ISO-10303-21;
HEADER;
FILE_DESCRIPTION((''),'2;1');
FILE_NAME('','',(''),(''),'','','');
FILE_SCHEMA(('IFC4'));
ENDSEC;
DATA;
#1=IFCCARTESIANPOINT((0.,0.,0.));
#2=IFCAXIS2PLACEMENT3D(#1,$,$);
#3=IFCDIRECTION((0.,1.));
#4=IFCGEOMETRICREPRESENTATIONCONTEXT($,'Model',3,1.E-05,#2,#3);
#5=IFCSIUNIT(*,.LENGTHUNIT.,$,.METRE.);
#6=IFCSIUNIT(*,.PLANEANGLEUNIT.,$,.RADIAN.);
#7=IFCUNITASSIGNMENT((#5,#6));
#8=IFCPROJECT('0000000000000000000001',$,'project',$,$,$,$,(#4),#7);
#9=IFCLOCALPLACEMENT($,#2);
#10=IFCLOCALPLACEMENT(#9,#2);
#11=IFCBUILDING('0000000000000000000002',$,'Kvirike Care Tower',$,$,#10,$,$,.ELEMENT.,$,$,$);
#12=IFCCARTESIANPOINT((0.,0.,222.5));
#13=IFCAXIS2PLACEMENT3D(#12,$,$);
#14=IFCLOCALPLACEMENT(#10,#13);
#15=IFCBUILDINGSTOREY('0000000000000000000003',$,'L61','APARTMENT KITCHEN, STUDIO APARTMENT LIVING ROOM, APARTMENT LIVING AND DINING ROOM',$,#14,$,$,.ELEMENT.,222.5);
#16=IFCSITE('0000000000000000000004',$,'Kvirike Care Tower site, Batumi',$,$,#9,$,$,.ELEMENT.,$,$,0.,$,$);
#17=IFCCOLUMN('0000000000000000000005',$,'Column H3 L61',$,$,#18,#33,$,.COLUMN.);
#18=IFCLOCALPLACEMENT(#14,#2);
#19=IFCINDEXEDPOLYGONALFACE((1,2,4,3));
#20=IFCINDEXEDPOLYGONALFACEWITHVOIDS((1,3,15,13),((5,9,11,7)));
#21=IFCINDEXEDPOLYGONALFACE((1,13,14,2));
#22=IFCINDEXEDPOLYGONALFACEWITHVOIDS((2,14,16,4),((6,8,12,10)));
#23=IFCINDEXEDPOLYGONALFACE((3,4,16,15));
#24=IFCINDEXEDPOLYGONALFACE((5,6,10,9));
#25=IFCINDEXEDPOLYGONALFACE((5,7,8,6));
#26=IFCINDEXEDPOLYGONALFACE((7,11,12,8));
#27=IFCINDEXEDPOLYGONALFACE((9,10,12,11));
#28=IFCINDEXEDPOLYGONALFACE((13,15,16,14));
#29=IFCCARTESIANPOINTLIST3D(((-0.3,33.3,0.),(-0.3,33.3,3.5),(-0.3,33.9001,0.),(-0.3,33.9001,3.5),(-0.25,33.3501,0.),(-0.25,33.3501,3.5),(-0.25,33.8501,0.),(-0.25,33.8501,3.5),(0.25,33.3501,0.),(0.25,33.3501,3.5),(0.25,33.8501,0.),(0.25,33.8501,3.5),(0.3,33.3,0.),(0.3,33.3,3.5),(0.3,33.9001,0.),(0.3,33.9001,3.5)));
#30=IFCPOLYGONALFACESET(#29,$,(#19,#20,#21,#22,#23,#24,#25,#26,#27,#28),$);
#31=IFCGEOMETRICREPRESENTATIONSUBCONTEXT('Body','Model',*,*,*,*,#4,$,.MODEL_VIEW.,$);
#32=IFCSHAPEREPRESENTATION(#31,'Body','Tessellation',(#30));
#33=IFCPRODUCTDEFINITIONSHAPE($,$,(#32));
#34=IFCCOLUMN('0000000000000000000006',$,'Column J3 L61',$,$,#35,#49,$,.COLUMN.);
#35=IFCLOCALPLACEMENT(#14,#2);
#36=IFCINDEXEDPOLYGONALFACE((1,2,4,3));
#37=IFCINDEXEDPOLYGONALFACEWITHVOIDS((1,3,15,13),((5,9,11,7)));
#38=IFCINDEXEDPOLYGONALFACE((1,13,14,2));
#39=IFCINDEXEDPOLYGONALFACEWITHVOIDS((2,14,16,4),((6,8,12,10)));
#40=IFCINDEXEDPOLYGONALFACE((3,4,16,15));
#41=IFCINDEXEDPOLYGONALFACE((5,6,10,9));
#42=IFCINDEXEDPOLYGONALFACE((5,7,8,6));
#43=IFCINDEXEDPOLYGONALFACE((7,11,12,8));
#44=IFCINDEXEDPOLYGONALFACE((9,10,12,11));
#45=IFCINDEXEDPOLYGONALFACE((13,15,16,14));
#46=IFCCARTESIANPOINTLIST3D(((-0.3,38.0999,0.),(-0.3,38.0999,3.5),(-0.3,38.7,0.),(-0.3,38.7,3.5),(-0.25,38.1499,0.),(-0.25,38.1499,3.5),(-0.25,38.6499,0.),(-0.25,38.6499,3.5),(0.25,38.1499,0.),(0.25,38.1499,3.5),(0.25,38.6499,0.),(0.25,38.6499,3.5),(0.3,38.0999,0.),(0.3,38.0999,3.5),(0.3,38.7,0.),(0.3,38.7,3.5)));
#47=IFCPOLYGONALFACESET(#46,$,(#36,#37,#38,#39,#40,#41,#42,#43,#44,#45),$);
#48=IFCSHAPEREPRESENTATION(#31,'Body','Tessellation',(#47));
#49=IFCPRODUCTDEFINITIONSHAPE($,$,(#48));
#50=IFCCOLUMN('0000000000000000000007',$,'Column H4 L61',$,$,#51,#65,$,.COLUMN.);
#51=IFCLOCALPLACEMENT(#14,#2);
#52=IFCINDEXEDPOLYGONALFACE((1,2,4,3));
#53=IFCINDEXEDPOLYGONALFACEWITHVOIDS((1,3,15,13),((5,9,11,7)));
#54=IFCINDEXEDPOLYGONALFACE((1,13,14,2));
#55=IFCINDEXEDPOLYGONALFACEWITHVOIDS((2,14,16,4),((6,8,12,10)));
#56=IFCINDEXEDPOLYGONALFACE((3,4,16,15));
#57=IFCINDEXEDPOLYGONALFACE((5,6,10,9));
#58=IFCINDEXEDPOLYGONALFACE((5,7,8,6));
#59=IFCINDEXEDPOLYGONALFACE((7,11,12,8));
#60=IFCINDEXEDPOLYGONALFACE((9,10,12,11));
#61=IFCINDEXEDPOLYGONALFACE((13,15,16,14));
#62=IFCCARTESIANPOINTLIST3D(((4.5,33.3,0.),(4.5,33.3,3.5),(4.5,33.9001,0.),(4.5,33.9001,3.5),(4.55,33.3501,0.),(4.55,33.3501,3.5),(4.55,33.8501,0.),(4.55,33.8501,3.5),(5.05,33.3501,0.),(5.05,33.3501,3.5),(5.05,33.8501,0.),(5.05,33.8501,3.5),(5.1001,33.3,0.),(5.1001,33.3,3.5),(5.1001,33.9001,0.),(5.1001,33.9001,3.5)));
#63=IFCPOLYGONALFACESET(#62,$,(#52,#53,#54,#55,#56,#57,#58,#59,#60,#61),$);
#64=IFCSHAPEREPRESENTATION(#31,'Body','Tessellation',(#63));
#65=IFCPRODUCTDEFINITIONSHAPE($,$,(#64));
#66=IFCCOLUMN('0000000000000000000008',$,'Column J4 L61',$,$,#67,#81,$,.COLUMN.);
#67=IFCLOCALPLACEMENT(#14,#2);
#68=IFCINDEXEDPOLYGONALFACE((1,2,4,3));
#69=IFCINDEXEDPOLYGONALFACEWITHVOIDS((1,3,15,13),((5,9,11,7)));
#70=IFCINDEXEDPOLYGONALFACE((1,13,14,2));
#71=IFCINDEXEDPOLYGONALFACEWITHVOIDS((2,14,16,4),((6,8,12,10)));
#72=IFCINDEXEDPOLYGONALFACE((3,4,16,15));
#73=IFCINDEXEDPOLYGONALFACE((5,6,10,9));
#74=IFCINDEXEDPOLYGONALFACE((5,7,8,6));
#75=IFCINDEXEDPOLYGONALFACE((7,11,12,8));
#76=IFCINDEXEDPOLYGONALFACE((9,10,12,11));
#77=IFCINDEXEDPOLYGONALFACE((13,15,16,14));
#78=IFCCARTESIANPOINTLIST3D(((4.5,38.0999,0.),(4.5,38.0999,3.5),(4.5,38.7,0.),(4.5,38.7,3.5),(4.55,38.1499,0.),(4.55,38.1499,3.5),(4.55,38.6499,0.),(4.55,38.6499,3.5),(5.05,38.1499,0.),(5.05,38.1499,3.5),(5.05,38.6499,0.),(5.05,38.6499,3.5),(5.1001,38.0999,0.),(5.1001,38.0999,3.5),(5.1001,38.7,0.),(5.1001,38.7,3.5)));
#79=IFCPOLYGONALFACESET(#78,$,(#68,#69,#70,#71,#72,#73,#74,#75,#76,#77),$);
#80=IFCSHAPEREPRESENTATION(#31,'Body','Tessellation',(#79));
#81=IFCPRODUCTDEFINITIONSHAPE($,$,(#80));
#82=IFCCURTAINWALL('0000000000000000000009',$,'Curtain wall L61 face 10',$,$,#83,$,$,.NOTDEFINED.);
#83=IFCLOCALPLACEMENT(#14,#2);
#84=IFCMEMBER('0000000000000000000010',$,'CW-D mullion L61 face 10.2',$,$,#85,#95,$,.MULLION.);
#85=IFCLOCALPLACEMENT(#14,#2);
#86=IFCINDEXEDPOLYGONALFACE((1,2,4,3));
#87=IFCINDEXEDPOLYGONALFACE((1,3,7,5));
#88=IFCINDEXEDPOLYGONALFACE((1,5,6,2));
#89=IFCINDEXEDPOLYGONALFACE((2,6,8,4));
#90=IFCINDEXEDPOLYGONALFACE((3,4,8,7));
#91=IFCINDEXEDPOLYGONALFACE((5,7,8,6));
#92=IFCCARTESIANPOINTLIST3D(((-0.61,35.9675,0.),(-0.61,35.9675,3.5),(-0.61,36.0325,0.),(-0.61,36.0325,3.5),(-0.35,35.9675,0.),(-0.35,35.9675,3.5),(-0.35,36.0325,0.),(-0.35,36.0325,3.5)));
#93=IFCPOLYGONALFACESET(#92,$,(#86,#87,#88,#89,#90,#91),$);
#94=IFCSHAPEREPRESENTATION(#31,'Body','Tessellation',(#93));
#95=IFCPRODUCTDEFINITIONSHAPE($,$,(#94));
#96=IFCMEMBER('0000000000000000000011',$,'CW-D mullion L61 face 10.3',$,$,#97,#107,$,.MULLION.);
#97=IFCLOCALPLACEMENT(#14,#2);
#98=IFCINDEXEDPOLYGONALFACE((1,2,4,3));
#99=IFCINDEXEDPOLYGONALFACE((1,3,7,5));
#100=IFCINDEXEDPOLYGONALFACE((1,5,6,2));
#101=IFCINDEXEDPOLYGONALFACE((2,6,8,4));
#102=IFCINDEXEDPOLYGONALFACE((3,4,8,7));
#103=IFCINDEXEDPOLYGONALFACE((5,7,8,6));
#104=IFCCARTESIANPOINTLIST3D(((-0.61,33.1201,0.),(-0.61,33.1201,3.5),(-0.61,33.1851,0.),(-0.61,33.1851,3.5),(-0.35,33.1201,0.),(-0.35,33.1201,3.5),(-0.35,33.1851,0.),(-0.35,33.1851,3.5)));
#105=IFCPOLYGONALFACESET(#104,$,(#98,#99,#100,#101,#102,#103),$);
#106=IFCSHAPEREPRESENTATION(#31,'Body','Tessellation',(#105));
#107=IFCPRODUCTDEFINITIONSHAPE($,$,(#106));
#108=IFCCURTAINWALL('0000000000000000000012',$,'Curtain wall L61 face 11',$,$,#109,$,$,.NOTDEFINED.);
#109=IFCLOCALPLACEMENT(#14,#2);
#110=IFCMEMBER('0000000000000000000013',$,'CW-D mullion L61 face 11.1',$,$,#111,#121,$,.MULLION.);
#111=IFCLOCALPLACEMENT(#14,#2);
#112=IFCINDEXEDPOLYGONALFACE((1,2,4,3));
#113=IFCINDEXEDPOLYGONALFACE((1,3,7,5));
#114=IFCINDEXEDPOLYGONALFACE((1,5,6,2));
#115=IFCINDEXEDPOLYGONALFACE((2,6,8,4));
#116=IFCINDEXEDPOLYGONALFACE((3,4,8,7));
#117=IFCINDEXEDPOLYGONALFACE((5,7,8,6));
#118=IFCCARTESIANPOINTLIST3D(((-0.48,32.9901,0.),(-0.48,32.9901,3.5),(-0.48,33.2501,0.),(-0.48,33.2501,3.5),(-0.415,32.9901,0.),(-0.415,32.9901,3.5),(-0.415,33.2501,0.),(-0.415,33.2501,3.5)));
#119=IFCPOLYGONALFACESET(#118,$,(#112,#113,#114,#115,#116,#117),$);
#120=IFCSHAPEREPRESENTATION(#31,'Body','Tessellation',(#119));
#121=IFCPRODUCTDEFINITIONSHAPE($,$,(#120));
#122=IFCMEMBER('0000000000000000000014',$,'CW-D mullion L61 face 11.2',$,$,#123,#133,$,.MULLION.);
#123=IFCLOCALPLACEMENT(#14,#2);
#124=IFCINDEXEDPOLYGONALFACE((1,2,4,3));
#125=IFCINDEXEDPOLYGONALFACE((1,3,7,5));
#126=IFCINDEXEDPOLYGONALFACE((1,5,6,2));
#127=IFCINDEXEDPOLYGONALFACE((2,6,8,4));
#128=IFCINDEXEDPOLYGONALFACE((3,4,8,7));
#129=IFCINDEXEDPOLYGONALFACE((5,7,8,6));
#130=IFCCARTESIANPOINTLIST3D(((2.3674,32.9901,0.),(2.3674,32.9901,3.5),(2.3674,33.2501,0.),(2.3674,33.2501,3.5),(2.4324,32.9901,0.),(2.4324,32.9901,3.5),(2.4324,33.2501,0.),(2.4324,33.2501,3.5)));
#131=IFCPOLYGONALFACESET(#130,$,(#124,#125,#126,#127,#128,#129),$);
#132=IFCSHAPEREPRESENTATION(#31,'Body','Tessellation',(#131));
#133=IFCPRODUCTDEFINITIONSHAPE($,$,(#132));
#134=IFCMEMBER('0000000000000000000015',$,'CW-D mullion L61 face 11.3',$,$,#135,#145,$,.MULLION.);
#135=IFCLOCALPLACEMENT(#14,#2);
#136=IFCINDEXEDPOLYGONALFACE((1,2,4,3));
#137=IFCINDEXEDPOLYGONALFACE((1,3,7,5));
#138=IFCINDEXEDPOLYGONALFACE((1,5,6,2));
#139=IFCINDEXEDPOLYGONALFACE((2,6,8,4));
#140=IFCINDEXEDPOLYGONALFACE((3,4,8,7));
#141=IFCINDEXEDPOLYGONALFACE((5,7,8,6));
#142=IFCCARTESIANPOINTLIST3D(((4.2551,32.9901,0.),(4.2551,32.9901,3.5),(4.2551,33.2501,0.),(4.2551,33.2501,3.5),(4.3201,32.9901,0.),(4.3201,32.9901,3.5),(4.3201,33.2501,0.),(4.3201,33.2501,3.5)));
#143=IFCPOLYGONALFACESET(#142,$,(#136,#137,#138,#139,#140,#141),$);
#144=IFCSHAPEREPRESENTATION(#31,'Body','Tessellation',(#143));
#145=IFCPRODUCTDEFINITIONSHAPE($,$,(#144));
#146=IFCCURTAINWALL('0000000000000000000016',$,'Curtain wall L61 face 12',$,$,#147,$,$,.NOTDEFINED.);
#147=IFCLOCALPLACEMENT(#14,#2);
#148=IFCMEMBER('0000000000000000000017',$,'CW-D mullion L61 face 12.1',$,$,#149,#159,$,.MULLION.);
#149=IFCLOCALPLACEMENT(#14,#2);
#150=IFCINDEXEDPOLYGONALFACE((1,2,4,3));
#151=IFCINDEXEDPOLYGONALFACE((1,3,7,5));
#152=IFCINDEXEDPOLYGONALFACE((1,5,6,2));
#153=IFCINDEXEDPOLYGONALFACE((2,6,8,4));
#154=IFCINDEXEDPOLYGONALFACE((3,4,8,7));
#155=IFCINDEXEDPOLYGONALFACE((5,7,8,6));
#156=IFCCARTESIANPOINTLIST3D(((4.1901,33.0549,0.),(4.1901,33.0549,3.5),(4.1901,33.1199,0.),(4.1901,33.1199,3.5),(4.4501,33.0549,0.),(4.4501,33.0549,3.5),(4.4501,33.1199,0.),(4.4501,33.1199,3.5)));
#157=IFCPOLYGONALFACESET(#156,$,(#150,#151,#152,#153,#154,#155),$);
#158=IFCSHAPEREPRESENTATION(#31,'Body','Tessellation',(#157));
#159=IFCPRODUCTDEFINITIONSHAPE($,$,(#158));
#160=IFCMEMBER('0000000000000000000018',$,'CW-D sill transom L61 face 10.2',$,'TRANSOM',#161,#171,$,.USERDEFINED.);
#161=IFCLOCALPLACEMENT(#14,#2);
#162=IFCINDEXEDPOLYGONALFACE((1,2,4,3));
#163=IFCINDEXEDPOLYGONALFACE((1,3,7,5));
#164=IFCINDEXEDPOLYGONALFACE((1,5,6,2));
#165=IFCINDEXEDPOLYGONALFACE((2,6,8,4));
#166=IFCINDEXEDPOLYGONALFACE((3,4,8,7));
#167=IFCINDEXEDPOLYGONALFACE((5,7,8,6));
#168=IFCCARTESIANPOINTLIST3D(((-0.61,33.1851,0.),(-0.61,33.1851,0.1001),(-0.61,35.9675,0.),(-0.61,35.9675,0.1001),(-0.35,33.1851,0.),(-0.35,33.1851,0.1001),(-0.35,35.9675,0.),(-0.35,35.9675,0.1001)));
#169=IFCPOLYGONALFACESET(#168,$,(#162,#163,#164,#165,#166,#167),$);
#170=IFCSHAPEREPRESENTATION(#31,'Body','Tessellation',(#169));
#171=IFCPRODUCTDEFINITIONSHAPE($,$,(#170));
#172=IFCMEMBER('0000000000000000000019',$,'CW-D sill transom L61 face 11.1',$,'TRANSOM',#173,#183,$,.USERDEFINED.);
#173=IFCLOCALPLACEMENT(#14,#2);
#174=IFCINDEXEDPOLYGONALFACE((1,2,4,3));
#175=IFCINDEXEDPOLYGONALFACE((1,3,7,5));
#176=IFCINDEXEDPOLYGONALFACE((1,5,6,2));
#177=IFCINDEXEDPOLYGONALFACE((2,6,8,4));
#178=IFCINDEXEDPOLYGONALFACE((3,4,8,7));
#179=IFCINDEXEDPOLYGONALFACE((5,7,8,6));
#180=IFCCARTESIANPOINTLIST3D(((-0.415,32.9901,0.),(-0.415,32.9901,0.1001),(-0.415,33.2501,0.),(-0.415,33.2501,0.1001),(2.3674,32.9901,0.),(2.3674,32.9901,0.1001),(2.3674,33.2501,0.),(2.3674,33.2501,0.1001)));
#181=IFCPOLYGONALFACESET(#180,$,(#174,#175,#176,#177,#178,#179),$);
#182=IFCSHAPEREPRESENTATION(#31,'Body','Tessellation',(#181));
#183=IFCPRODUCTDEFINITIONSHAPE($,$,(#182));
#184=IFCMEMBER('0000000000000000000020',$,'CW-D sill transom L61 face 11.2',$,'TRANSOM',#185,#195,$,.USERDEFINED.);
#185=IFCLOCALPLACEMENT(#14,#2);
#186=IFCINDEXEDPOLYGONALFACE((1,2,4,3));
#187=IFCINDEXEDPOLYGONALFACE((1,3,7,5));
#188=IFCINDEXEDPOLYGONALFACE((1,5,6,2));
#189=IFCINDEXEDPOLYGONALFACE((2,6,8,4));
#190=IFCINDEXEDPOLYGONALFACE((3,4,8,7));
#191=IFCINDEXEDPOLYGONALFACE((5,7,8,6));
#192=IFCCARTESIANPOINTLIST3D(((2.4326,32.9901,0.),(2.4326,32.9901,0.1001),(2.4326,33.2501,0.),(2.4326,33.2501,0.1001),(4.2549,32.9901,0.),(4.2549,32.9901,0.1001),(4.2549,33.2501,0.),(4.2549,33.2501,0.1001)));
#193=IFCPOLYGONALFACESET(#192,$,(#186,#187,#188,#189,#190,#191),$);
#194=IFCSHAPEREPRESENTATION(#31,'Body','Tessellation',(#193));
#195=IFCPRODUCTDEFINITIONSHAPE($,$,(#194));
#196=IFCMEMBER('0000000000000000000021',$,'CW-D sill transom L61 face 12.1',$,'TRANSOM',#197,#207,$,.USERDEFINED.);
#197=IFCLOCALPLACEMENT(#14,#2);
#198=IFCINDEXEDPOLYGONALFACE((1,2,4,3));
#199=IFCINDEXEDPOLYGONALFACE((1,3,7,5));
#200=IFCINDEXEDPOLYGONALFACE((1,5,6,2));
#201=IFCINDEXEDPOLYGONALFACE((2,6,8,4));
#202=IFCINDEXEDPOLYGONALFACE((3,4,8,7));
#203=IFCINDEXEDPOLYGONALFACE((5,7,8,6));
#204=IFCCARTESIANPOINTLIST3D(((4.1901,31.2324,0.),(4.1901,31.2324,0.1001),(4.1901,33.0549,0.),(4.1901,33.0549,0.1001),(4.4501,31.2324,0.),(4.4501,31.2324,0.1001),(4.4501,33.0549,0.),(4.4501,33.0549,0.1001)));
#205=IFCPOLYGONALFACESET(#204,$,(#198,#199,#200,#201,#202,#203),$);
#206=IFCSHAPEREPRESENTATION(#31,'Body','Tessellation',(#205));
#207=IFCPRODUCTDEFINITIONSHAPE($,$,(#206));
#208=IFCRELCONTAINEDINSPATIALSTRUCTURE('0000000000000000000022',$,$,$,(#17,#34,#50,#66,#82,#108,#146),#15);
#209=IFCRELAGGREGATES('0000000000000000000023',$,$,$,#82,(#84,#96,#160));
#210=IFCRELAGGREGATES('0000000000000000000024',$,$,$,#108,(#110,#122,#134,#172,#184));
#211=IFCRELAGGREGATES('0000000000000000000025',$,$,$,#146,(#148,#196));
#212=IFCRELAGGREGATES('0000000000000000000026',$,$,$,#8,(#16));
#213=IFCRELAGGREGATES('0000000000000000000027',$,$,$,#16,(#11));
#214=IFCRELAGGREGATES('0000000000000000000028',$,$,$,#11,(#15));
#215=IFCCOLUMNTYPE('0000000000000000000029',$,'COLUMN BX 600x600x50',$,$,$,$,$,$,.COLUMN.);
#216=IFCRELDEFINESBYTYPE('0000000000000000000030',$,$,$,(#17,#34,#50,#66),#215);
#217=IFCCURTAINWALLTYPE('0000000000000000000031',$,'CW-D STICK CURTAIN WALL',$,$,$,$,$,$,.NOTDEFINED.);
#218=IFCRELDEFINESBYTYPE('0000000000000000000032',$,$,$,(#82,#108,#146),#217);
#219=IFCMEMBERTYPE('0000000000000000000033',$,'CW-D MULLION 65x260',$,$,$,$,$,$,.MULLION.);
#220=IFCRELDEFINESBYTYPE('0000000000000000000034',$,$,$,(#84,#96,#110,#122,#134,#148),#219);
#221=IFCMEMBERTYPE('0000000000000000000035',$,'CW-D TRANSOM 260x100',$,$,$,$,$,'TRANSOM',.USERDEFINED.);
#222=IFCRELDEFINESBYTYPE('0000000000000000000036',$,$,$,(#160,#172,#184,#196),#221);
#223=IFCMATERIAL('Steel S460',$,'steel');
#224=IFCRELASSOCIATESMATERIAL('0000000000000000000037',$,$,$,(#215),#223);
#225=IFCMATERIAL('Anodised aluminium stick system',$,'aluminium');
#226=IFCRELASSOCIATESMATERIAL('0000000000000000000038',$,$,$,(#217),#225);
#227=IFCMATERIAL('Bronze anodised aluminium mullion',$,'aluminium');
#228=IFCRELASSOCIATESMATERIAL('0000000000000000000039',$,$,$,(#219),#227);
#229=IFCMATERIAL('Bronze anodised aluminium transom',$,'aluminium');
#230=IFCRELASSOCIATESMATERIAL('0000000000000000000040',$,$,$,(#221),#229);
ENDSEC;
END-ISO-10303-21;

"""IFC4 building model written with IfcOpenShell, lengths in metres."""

from ifc_helpers import new_model, si_unit, direction, frame, origin, origin_2d, place, context, subcontext, project, spatial, rectangle, hollow_rectangle, extrude, material, material_profile, profile_set, type_object, element, aggregate, save


model = new_model("IFC4")

# Units and contexts
model_context = context("Model", 3, precision=1e-05, world=origin(), true_north=direction((0.0, 1.0)))
body_context = subcontext(model_context, "Body", "Model", "MODEL_VIEW")
ifc_project = project(units=[si_unit("LENGTHUNIT", "METRE"), si_unit("PLANEANGLEUNIT", "RADIAN")], contexts=[model_context])

# Site, building, storey
site_placement = place(None, origin())
site = spatial("IfcSite", under=ifc_project, at=site_placement, Name="Kvirike Care Tower site, Batumi", CompositionType="ELEMENT", RefElevation=0.0)
building_placement = place(site_placement, origin())
building = spatial("IfcBuilding", under=site, at=building_placement, Name="Kvirike Care Tower", CompositionType="ELEMENT")
storey_placement = place(building_placement, frame((0.0, 0.0, 222.5)))
storey = spatial("IfcBuildingStorey", under=building, at=storey_placement, Name="L61", Description="APARTMENT KITCHEN, STUDIO APARTMENT LIVING ROOM, APARTMENT LIVING AND DINING ROOM", CompositionType="ELEMENT", Elevation=222.5)

# Columns
ifc_material_1 = material(Name="Steel S460", Category="steel")
ifc_material_profile_1 = material_profile(ifc_material_1, hollow_rectangle(XDim=0.6001, YDim=0.6001, WallThickness=0.05, at=origin_2d()), Name="BX 600x600x50")
ifc_profile_set_1 = profile_set([ifc_material_profile_1], Name="Steel S460")
column_type = type_object("IfcColumnType", Name="COLUMN BX 600x600x50", PredefinedType="COLUMN", material=ifc_profile_set_1)
for number, where, z_axis, x_axis, name in (
    (1, (0.0, 33.6001, 0.0), (0.0, 0.0, 1.0), (0.0, 1.0, 0.0), "Column H3 L61"),
    (2, (0.0, 38.3999, 0.0), (0.0, 0.0, 1.0), (0.0, 1.0, 0.0), "Column J3 L61"),
    (3, (4.8, 33.6001, 0.0), (0.0, 0.0, 1.0), (0.0, 1.0, 0.0), "Column H4 L61"),
    (4, (4.8, 38.3999, 0.0), (0.0, 0.0, 1.0), (0.0, 1.0, 0.0), "Column J4 L61"),
):
    element("IfcColumn", number, at=place(storey_placement, frame(where, z_axis=z_axis, x_axis=x_axis)), inside=storey, type_object=column_type, Name=name, PredefinedType="COLUMN", context=body_context, shape_type="SweptSolid", body=[
        extrude(hollow_rectangle(XDim=0.6001, YDim=0.6001, WallThickness=0.05, at=origin_2d()), origin(), (0.0, 0.0, 1.0), 3.5),
    ])

# Curtain walls, members
ifc_material_2 = material(Name="Anodised aluminium stick system", Category="aluminium")
curtain_wall_type = type_object("IfcCurtainWallType", Name="CW-D STICK CURTAIN WALL", PredefinedType="NOTDEFINED", material=ifc_material_2)
curtain_wall_1_placement = place(storey_placement, origin())
curtain_wall_1 = element("IfcCurtainWall", 5, at=curtain_wall_1_placement, inside=storey, type_object=curtain_wall_type, Name="Curtain wall L61 face 10", PredefinedType="NOTDEFINED")
ifc_material_3 = material(Name="Bronze anodised aluminium mullion", Category="aluminium")
ifc_material_profile_2 = material_profile(ifc_material_3, rectangle(XDim=0.0649, YDim=0.26, at=origin_2d()), Name="CW-D MULLION 65x260")
ifc_profile_set_2 = profile_set([ifc_material_profile_2], Name="Bronze anodised aluminium mullion")
member_type_1 = type_object("IfcMemberType", Name="CW-D MULLION 65x260", PredefinedType="MULLION", material=ifc_profile_set_2)
member_1_placement = place(storey_placement, frame((-0.48, 36.0, 0.0), z_axis=(0.0, 0.0, 1.0), x_axis=(0.0, -1.0, 0.0)))
member_1 = element("IfcMember", 6, at=member_1_placement, type_object=member_type_1, Name="CW-D mullion L61 face 10.2", PredefinedType="MULLION", context=body_context, shape_type="SweptSolid", body=[
    extrude(rectangle(XDim=0.0649, YDim=0.26, at=origin_2d()), origin(), (0.0, 0.0, 1.0), 3.5),
])
member_2_placement = place(storey_placement, frame((-0.48, 33.1526, 0.0), z_axis=(0.0, 0.0, 1.0), x_axis=(0.0, -1.0, 0.0)))
member_2 = element("IfcMember", 7, at=member_2_placement, type_object=member_type_1, Name="CW-D mullion L61 face 10.3", PredefinedType="MULLION", context=body_context, shape_type="SweptSolid", body=[
    extrude(rectangle(XDim=0.0649, YDim=0.26, at=origin_2d()), origin(), (0.0, 0.0, 1.0), 3.5),
])
curtain_wall_2_placement = place(storey_placement, origin())
curtain_wall_2 = element("IfcCurtainWall", 8, at=curtain_wall_2_placement, inside=storey, type_object=curtain_wall_type, Name="Curtain wall L61 face 11", PredefinedType="NOTDEFINED")
member_3_placement = place(storey_placement, frame((-0.4475, 33.1201, 0.0), z_axis=(0.0, 0.0, 1.0), x_axis=(1.0, 0.0, 0.0)))
member_3 = element("IfcMember", 9, at=member_3_placement, type_object=member_type_1, Name="CW-D mullion L61 face 11.1", PredefinedType="MULLION", context=body_context, shape_type="SweptSolid", body=[
    extrude(rectangle(XDim=0.0649, YDim=0.26, at=origin_2d()), origin(), (0.0, 0.0, 1.0), 3.5),
])
member_4_placement = place(storey_placement, frame((2.3999, 33.1201, 0.0), z_axis=(0.0, 0.0, 1.0), x_axis=(1.0, 0.0, 0.0)))
member_4 = element("IfcMember", 10, at=member_4_placement, type_object=member_type_1, Name="CW-D mullion L61 face 11.2", PredefinedType="MULLION", context=body_context, shape_type="SweptSolid", body=[
    extrude(rectangle(XDim=0.0649, YDim=0.26, at=origin_2d()), origin(), (0.0, 0.0, 1.0), 3.5),
])
member_5_placement = place(storey_placement, frame((4.2876, 33.1201, 0.0), z_axis=(0.0, 0.0, 1.0), x_axis=(1.0, 0.0, 0.0)))
member_5 = element("IfcMember", 11, at=member_5_placement, type_object=member_type_1, Name="CW-D mullion L61 face 11.3", PredefinedType="MULLION", context=body_context, shape_type="SweptSolid", body=[
    extrude(rectangle(XDim=0.0649, YDim=0.26, at=origin_2d()), origin(), (0.0, 0.0, 1.0), 3.5),
])

# Curtain wall, member
curtain_wall_3_placement = place(storey_placement, origin())
curtain_wall_3 = element("IfcCurtainWall", 12, at=curtain_wall_3_placement, inside=storey, type_object=curtain_wall_type, Name="Curtain wall L61 face 12", PredefinedType="NOTDEFINED")
member_6_placement = place(storey_placement, frame((4.3201, 33.0874, 0.0), z_axis=(0.0, 0.0, 1.0), x_axis=(0.0, -1.0, 0.0)))
member_6 = element("IfcMember", 13, at=member_6_placement, type_object=member_type_1, Name="CW-D mullion L61 face 12.1", PredefinedType="MULLION", context=body_context, shape_type="SweptSolid", body=[
    extrude(rectangle(XDim=0.0649, YDim=0.26, at=origin_2d()), origin(), (0.0, 0.0, 1.0), 3.5),
])

# Members
ifc_material_4 = material(Name="Bronze anodised aluminium transom", Category="aluminium")
ifc_material_profile_3 = material_profile(ifc_material_4, rectangle(XDim=0.26, YDim=0.1001, at=origin_2d()), Name="CW-D TRANSOM 260x100")
ifc_profile_set_3 = profile_set([ifc_material_profile_3], Name="Bronze anodised aluminium transom")
member_type_2 = type_object("IfcMemberType", Name="CW-D TRANSOM 260x100", ElementType="TRANSOM", PredefinedType="USERDEFINED", material=ifc_profile_set_3)
member_7_placement = place(storey_placement, frame((-0.48, 35.9675, 0.05), z_axis=(0.0, -1.0, 0.0), x_axis=(1.0, 0.0, 0.0)))
member_7 = element("IfcMember", 14, at=member_7_placement, type_object=member_type_2, Name="CW-D sill transom L61 face 10.2", ObjectType="TRANSOM", PredefinedType="USERDEFINED", context=body_context, shape_type="SweptSolid", body=[
    extrude(rectangle(XDim=0.26, YDim=0.1001, at=origin_2d()), origin(), (0.0, 0.0, 1.0), 2.7825),
])
member_8_placement = place(storey_placement, frame((-0.415, 33.1201, 0.05), z_axis=(1.0, 0.0, 0.0), x_axis=(0.0, 1.0, 0.0)))
member_8 = element("IfcMember", 15, at=member_8_placement, type_object=member_type_2, Name="CW-D sill transom L61 face 11.1", ObjectType="TRANSOM", PredefinedType="USERDEFINED", context=body_context, shape_type="SweptSolid", body=[
    extrude(rectangle(XDim=0.26, YDim=0.1001, at=origin_2d()), origin(), (0.0, 0.0, 1.0), 2.7825),
])
member_9_placement = place(storey_placement, frame((2.4326, 33.1201, 0.05), z_axis=(1.0, 0.0, 0.0), x_axis=(0.0, 1.0, 0.0)))
member_9 = element("IfcMember", 16, at=member_9_placement, type_object=member_type_2, Name="CW-D sill transom L61 face 11.2", ObjectType="TRANSOM", PredefinedType="USERDEFINED", context=body_context, shape_type="SweptSolid", body=[
    extrude(rectangle(XDim=0.26, YDim=0.1001, at=origin_2d()), origin(), (0.0, 0.0, 1.0), 1.8223),
])
member_10_placement = place(storey_placement, frame((4.3201, 33.0549, 0.05), z_axis=(0.0, -1.0, 0.0), x_axis=(1.0, 0.0, 0.0)))
member_10 = element("IfcMember", 17, at=member_10_placement, type_object=member_type_2, Name="CW-D sill transom L61 face 12.1", ObjectType="TRANSOM", PredefinedType="USERDEFINED", context=body_context, shape_type="SweptSolid", body=[
    extrude(rectangle(XDim=0.26, YDim=0.1001, at=origin_2d()), origin(), (0.0, 0.0, 1.0), 1.8225),
])

aggregate(curtain_wall_1, [member_1, member_2, member_7])
aggregate(curtain_wall_2, [member_3, member_4, member_5, member_8, member_9])
aggregate(curtain_wall_3, [member_6, member_10])

save(model, "model.ifc")
